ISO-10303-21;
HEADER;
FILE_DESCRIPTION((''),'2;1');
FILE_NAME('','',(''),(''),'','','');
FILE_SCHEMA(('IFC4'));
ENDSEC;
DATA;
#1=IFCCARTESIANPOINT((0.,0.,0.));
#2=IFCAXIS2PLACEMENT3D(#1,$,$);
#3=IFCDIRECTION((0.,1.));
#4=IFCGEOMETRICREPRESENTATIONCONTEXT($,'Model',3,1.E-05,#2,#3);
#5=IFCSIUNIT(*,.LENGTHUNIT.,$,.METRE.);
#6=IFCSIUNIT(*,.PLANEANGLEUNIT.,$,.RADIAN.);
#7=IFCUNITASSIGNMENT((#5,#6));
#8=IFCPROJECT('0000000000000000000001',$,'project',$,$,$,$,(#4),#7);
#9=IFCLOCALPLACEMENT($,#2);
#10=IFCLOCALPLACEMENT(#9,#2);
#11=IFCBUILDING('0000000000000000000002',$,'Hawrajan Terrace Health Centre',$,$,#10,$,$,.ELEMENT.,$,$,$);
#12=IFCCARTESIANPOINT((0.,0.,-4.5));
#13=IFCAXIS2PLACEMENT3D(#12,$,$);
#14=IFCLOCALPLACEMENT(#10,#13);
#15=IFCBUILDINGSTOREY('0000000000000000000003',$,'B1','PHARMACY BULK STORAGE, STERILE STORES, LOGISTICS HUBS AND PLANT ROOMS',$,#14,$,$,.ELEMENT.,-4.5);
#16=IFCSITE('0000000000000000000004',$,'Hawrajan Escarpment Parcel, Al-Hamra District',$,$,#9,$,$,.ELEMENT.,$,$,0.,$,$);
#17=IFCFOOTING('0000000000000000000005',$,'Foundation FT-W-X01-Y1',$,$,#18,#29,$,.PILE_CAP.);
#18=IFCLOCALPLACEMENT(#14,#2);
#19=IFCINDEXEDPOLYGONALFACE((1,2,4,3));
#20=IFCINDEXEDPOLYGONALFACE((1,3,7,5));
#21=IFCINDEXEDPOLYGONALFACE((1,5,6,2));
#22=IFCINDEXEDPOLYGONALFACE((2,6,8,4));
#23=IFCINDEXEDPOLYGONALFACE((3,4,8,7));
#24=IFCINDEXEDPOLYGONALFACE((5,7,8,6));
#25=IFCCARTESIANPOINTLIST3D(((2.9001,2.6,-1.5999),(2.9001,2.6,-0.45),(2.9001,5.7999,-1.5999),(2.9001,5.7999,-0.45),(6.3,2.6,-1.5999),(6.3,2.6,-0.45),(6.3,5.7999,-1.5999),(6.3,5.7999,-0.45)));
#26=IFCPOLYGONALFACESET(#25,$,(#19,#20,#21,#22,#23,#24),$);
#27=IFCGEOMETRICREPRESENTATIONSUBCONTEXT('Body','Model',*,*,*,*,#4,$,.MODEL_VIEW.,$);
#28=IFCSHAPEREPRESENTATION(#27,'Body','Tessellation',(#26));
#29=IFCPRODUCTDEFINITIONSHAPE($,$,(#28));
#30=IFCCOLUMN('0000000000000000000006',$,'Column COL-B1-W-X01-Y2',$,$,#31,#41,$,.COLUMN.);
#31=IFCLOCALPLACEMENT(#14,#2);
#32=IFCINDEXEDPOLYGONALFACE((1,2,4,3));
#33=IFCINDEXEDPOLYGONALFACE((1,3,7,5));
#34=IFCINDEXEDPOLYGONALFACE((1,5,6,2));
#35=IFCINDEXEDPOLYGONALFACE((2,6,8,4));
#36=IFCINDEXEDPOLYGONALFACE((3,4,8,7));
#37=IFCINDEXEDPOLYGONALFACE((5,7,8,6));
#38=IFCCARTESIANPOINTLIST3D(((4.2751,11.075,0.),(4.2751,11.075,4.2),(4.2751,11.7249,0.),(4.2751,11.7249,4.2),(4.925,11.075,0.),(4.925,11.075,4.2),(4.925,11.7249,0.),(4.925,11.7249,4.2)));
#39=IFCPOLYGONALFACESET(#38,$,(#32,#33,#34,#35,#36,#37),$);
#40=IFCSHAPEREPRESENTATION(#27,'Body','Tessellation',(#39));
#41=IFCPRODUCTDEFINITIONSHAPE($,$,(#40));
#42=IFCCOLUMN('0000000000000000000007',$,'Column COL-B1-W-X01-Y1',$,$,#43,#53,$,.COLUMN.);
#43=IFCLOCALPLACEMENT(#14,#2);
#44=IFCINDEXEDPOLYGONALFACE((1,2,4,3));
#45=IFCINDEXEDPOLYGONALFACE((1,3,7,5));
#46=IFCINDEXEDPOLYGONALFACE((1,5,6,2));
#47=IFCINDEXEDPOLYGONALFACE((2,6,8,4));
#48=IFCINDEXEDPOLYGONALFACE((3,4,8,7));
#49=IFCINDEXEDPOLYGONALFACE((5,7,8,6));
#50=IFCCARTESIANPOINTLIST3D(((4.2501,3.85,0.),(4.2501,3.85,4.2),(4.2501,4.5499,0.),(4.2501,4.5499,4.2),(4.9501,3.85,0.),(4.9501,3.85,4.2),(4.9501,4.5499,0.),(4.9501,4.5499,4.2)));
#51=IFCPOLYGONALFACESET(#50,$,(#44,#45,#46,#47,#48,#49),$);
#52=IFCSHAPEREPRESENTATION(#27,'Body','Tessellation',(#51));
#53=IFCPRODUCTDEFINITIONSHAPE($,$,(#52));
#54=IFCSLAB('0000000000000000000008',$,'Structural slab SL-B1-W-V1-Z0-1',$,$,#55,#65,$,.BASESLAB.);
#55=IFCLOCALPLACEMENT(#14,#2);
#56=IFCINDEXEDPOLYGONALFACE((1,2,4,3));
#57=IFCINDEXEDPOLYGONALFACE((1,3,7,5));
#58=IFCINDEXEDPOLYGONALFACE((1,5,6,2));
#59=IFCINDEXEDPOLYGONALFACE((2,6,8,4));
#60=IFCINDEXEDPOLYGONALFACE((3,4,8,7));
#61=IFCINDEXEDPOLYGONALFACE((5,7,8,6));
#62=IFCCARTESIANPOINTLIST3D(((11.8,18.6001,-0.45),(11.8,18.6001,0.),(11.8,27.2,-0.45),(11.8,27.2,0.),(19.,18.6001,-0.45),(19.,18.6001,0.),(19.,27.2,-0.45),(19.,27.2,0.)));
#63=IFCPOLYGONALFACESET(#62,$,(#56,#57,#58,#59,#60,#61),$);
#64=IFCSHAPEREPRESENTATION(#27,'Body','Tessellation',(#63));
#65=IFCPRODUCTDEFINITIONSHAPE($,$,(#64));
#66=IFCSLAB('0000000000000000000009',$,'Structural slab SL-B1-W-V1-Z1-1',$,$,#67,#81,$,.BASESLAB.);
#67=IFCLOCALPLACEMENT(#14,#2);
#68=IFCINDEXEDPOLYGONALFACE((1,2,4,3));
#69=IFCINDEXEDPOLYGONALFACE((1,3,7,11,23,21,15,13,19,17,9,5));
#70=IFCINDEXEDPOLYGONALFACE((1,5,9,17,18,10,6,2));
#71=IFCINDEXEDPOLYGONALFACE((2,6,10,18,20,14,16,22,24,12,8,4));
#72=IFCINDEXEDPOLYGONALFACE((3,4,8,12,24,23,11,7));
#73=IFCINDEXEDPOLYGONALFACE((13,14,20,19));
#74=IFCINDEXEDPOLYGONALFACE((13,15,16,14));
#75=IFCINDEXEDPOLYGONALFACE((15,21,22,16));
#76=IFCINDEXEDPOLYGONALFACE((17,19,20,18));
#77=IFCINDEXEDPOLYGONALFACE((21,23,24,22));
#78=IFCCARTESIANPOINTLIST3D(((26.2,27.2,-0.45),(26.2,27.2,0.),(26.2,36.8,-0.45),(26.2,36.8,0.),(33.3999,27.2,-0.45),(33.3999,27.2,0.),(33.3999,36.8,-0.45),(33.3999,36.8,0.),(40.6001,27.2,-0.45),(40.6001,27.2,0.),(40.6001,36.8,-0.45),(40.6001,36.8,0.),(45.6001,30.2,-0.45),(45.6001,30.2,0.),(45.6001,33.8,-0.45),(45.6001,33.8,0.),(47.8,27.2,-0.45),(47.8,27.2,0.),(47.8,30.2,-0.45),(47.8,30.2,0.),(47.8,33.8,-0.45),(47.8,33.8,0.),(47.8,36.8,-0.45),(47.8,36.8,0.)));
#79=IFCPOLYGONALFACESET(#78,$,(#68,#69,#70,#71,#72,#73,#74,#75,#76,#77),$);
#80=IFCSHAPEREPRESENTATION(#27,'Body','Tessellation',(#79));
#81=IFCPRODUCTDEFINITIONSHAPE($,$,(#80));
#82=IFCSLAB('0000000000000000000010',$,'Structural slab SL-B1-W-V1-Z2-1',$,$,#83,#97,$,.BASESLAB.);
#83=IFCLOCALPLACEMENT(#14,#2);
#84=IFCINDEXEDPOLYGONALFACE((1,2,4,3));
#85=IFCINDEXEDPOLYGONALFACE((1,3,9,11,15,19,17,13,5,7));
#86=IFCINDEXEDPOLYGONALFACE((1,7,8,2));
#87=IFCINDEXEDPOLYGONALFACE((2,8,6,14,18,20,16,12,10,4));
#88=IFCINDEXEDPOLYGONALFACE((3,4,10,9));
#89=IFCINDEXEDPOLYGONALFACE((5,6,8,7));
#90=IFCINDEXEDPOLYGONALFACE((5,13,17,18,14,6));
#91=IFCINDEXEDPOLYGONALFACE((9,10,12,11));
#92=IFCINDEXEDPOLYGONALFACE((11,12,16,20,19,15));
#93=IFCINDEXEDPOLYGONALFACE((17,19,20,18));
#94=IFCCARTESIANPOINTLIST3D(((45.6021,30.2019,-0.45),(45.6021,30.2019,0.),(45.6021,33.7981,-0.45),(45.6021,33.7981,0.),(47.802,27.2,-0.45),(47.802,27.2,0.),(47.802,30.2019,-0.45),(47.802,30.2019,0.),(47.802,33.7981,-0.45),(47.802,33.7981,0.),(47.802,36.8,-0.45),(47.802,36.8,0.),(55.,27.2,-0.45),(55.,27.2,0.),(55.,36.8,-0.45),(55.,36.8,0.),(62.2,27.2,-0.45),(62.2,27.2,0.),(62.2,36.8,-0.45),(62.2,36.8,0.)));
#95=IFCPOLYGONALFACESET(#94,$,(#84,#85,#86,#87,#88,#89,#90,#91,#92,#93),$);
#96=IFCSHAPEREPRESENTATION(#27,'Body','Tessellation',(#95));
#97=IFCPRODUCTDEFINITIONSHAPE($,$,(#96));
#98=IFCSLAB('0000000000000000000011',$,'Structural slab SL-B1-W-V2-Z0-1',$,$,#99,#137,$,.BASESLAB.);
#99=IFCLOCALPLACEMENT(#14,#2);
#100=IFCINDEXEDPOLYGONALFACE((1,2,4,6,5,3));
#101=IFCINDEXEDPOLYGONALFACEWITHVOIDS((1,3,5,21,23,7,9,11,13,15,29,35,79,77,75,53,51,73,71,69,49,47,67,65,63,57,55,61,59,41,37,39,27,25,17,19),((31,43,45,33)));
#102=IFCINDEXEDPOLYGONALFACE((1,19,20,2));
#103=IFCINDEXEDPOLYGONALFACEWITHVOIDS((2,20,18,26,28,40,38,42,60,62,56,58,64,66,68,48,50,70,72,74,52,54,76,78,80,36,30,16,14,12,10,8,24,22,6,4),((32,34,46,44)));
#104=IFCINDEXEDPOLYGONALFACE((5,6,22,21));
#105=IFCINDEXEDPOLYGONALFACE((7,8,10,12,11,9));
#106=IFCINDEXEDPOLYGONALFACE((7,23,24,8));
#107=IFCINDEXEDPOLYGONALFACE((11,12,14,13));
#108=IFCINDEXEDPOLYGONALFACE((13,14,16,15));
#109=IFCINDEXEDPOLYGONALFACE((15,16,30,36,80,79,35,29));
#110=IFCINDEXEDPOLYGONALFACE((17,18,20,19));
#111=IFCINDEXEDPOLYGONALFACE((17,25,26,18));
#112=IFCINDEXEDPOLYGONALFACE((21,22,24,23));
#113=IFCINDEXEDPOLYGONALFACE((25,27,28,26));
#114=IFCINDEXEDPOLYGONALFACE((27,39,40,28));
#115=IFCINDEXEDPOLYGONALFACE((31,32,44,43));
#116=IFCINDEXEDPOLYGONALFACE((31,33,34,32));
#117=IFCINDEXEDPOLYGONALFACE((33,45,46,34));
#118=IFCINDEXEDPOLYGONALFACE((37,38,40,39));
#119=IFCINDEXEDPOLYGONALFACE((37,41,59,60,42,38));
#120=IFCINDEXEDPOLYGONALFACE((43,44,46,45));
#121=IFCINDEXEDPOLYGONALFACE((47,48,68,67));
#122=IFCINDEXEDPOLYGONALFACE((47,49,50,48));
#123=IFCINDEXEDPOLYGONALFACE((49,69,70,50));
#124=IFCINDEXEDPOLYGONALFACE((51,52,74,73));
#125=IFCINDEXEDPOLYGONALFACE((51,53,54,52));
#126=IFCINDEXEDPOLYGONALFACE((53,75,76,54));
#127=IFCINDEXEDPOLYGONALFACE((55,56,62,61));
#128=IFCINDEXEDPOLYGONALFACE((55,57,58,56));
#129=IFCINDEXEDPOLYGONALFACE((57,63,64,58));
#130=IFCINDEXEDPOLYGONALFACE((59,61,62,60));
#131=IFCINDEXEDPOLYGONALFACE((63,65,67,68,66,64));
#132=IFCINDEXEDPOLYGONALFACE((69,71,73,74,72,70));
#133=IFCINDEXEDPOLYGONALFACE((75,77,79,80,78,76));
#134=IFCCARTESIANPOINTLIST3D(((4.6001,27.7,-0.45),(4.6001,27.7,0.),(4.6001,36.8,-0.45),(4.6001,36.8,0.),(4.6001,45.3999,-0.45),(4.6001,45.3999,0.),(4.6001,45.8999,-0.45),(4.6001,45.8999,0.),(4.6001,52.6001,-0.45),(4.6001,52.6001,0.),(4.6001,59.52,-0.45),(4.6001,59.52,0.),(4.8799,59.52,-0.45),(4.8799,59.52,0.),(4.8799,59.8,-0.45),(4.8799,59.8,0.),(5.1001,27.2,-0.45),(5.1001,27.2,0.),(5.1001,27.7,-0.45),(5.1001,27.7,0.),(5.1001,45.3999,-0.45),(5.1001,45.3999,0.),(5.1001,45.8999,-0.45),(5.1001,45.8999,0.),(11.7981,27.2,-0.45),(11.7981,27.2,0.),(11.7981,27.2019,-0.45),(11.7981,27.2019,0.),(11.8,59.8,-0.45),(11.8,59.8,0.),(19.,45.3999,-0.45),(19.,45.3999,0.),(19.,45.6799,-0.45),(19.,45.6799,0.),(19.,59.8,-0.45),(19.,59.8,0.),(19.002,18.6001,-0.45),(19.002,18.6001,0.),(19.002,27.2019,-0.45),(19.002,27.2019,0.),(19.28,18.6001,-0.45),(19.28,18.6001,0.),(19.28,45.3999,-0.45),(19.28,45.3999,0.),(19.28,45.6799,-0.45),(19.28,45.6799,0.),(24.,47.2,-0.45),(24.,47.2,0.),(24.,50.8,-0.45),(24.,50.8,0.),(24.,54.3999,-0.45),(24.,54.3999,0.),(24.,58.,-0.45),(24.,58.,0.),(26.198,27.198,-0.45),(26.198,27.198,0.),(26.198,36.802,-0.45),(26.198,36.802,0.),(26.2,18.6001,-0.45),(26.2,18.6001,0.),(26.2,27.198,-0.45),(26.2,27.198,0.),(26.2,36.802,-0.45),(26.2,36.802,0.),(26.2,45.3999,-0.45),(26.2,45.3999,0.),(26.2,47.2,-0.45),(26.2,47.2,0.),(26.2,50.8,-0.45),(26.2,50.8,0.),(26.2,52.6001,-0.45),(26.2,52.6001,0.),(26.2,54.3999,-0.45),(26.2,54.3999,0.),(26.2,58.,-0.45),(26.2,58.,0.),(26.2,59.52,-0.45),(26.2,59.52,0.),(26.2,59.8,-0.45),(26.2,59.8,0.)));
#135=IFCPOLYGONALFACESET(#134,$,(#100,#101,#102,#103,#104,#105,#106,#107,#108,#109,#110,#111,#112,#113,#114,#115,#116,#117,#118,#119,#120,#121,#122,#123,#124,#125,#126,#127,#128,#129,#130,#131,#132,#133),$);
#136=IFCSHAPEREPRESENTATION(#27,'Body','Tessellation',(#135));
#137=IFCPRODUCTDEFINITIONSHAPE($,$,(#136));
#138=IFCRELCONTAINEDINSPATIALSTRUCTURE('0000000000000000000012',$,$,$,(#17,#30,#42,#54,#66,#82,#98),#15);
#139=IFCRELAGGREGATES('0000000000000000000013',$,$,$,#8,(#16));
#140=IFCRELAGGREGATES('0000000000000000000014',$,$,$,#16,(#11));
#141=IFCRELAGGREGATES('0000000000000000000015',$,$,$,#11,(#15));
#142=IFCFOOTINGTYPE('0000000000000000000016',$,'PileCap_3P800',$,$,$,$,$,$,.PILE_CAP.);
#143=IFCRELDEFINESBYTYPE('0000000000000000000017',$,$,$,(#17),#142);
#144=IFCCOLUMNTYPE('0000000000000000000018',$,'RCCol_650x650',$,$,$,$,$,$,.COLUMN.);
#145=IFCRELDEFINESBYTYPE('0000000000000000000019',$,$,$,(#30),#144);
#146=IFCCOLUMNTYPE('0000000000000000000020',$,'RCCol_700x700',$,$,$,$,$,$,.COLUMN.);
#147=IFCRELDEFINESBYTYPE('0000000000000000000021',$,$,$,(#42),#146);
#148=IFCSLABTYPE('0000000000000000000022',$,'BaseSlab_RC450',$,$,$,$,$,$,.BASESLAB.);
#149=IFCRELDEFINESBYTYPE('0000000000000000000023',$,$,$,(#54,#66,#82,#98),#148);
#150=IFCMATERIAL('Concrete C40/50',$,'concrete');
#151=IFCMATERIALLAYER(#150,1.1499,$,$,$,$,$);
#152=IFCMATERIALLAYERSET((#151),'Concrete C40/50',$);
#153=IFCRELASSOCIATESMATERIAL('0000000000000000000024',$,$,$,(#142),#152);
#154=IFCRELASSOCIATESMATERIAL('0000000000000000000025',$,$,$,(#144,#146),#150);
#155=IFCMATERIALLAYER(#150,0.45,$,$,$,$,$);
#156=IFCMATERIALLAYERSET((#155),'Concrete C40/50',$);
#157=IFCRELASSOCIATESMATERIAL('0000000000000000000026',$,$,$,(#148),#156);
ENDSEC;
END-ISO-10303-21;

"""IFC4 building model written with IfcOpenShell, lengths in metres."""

from ifc_helpers import new_model, si_unit, direction, frame, origin, origin_2d, place, context, subcontext, project, spatial, polyline, rectangle, outline, extrude, material, layer, layer_set, material_profile, profile_set, type_object, element, save


model = new_model("IFC4")

# Units and contexts
model_context = context("Model", 3, precision=1e-05, world=origin(), true_north=direction((0.0, 1.0)))
body_context = subcontext(model_context, "Body", "Model", "MODEL_VIEW")
ifc_project = project(units=[si_unit("LENGTHUNIT", "METRE"), si_unit("PLANEANGLEUNIT", "RADIAN")], contexts=[model_context])

# Site, building, storey
site_placement = place(None, origin())
site = spatial("IfcSite", under=ifc_project, at=site_placement, Name="Hawrajan Escarpment Parcel, Al-Hamra District", CompositionType="ELEMENT", RefElevation=0.0)
building_placement = place(site_placement, origin())
building = spatial("IfcBuilding", under=site, at=building_placement, Name="Hawrajan Terrace Health Centre", CompositionType="ELEMENT")
storey_placement = place(building_placement, frame((0.0, 0.0, -4.5)))
storey = spatial("IfcBuildingStorey", under=building, at=storey_placement, Name="B1", Description="PHARMACY BULK STORAGE, STERILE STORES, LOGISTICS HUBS AND PLANT ROOMS", CompositionType="ELEMENT", Elevation=-4.5)

# Shared definitions
ifc_material_1 = material(Name="Concrete C40/50", Category="concrete")

# Footing
ifc_layer_1 = layer(ifc_material_1, 1.1499)
ifc_layer_set_1 = layer_set([ifc_layer_1], Name="Concrete C40/50")
footing_type_1 = type_object("IfcFootingType", Name="PileCap_3P800", PredefinedType="PILE_CAP", material=ifc_layer_set_1)
footing_1_placement = place(storey_placement, frame((4.6001, 4.2, -1.5999), z_axis=(0.0, 0.0, 1.0), x_axis=(1.0, 0.0, 0.0)))
element("IfcFooting", 1, at=footing_1_placement, inside=storey, type_object=footing_type_1, Name="Foundation FT-W-X01-Y1", PredefinedType="PILE_CAP", context=body_context, shape_type="SweptSolid", body=[
    extrude(rectangle(XDim=3.3999, YDim=3.2, at=origin_2d()), origin(), (0.0, 0.0, 1.0), 1.1499),
])

# Columns
ifc_material_profile_1 = material_profile(ifc_material_1, rectangle(XDim=0.6499, YDim=0.6499, at=origin_2d()), Name="RC 650x650")
ifc_profile_set_1 = profile_set([ifc_material_profile_1], Name="Concrete C40/50")
column_type_1 = type_object("IfcColumnType", Name="RCCol_650x650", PredefinedType="COLUMN", material=ifc_profile_set_1)
column_1_placement = place(storey_placement, frame((4.6001, 11.3999, 0.0), z_axis=(0.0, 0.0, 1.0), x_axis=(1.0, 0.0, 0.0)))
element("IfcColumn", 2, at=column_1_placement, inside=storey, type_object=column_type_1, Name="Column COL-B1-W-X01-Y2", PredefinedType="COLUMN", context=body_context, shape_type="SweptSolid", body=[
    extrude(rectangle(XDim=0.6499, YDim=0.6499, at=origin_2d()), origin(), (0.0, 0.0, 1.0), 4.2),
])
ifc_material_profile_2 = material_profile(ifc_material_1, rectangle(XDim=0.7, YDim=0.7, at=origin_2d()), Name="RC 700x700")
ifc_profile_set_2 = profile_set([ifc_material_profile_2], Name="Concrete C40/50")
column_type_2 = type_object("IfcColumnType", Name="RCCol_700x700", PredefinedType="COLUMN", material=ifc_profile_set_2)
column_2_placement = place(storey_placement, frame((4.6001, 4.2, 0.0), z_axis=(0.0, 0.0, 1.0), x_axis=(1.0, 0.0, 0.0)))
element("IfcColumn", 3, at=column_2_placement, inside=storey, type_object=column_type_2, Name="Column COL-B1-W-X01-Y1", PredefinedType="COLUMN", context=body_context, shape_type="SweptSolid", body=[
    extrude(rectangle(XDim=0.7, YDim=0.7, at=origin_2d()), origin(), (0.0, 0.0, 1.0), 4.2),
])

# Slabs
ifc_layer_2 = layer(ifc_material_1, 0.45)
ifc_layer_set_2 = layer_set([ifc_layer_2], Name="Concrete C40/50")
slab_type_1 = type_object("IfcSlabType", Name="BaseSlab_RC450", PredefinedType="BASESLAB", material=ifc_layer_set_2)
slab_1_placement = place(storey_placement, frame((0.0, 0.0, -0.45)))
element("IfcSlab", 4, at=slab_1_placement, inside=storey, type_object=slab_type_1, Name="Structural slab SL-B1-W-V1-Z0-1", PredefinedType="BASESLAB", context=body_context, shape_type="SweptSolid", body=[
    extrude(outline(polyline([(11.8, 18.6001), (11.8, 27.2), (19.0, 27.2), (19.0, 18.6001), (11.8, 18.6001)])), origin(), (0.0, 0.0, 1.0), 0.45),
])
slab_2_placement = place(storey_placement, frame((0.0, 0.0, -0.45)))
element("IfcSlab", 5, at=slab_2_placement, inside=storey, type_object=slab_type_1, Name="Structural slab SL-B1-W-V1-Z1-1", PredefinedType="BASESLAB", context=body_context, shape_type="SweptSolid", body=[
    extrude(outline(polyline([(33.3999, 36.8), (40.6001, 36.8), (47.8, 36.8), (47.8, 33.8), (45.6001, 33.8), (45.6001, 30.2), (47.8, 30.2), (47.8, 27.2), (40.6001, 27.2), (33.3999, 27.2), (26.2, 27.2), (26.2, 36.8), (33.3999, 36.8)])), origin(), (0.0, 0.0, 1.0), 0.45),
])
slab_3_placement = place(storey_placement, frame((0.0, 0.0, -0.45)))
element("IfcSlab", 6, at=slab_3_placement, inside=storey, type_object=slab_type_1, Name="Structural slab SL-B1-W-V1-Z2-1", PredefinedType="BASESLAB", context=body_context, shape_type="SweptSolid", body=[
    extrude(outline(polyline([(55.0, 36.8), (62.2, 36.8), (62.2, 27.2), (55.0, 27.2), (47.802, 27.2), (47.802, 30.2019), (45.6021, 30.2019), (45.6021, 33.7981), (47.802, 33.7981), (47.802, 36.8), (55.0, 36.8)])), origin(), (0.0, 0.0, 1.0), 0.45),
])
slab_4_placement = place(storey_placement, frame((0.0, 0.0, -0.45)))
element("IfcSlab", 7, at=slab_4_placement, inside=storey, type_object=slab_type_1, Name="Structural slab SL-B1-W-V2-Z0-1", PredefinedType="BASESLAB", context=body_context, shape_type="SweptSolid", body=[
    extrude(outline(polyline([(4.6001, 59.52), (4.8799, 59.52), (4.8799, 59.8), (11.8, 59.8), (19.0, 59.8), (26.2, 59.8), (26.2, 59.52), (26.2, 58.0), (24.0, 58.0), (24.0, 54.3999), (26.2, 54.3999), (26.2, 52.6001), (26.2, 50.8), (24.0, 50.8), (24.0, 47.2), (26.2, 47.2), (26.2, 45.3999), (26.2, 36.802), (26.198, 36.802), (26.198, 27.198), (26.2, 27.198), (26.2, 18.6001), (19.28, 18.6001), (19.002, 18.6001), (19.002, 27.2019), (11.7981, 27.2019), (11.7981, 27.2), (5.1001, 27.2), (5.1001, 27.7), (4.6001, 27.7), (4.6001, 36.8), (4.6001, 45.3999), (5.1001, 45.3999), (5.1001, 45.8999), (4.6001, 45.8999), (4.6001, 52.6001), (4.6001, 59.52)]), holes=[polyline([(19.28, 45.6799), (19.0, 45.6799), (19.0, 45.3999), (19.28, 45.3999), (19.28, 45.6799)])]), origin(), (0.0, 0.0, 1.0), 0.45),
])

save(model, "model.ifc")
